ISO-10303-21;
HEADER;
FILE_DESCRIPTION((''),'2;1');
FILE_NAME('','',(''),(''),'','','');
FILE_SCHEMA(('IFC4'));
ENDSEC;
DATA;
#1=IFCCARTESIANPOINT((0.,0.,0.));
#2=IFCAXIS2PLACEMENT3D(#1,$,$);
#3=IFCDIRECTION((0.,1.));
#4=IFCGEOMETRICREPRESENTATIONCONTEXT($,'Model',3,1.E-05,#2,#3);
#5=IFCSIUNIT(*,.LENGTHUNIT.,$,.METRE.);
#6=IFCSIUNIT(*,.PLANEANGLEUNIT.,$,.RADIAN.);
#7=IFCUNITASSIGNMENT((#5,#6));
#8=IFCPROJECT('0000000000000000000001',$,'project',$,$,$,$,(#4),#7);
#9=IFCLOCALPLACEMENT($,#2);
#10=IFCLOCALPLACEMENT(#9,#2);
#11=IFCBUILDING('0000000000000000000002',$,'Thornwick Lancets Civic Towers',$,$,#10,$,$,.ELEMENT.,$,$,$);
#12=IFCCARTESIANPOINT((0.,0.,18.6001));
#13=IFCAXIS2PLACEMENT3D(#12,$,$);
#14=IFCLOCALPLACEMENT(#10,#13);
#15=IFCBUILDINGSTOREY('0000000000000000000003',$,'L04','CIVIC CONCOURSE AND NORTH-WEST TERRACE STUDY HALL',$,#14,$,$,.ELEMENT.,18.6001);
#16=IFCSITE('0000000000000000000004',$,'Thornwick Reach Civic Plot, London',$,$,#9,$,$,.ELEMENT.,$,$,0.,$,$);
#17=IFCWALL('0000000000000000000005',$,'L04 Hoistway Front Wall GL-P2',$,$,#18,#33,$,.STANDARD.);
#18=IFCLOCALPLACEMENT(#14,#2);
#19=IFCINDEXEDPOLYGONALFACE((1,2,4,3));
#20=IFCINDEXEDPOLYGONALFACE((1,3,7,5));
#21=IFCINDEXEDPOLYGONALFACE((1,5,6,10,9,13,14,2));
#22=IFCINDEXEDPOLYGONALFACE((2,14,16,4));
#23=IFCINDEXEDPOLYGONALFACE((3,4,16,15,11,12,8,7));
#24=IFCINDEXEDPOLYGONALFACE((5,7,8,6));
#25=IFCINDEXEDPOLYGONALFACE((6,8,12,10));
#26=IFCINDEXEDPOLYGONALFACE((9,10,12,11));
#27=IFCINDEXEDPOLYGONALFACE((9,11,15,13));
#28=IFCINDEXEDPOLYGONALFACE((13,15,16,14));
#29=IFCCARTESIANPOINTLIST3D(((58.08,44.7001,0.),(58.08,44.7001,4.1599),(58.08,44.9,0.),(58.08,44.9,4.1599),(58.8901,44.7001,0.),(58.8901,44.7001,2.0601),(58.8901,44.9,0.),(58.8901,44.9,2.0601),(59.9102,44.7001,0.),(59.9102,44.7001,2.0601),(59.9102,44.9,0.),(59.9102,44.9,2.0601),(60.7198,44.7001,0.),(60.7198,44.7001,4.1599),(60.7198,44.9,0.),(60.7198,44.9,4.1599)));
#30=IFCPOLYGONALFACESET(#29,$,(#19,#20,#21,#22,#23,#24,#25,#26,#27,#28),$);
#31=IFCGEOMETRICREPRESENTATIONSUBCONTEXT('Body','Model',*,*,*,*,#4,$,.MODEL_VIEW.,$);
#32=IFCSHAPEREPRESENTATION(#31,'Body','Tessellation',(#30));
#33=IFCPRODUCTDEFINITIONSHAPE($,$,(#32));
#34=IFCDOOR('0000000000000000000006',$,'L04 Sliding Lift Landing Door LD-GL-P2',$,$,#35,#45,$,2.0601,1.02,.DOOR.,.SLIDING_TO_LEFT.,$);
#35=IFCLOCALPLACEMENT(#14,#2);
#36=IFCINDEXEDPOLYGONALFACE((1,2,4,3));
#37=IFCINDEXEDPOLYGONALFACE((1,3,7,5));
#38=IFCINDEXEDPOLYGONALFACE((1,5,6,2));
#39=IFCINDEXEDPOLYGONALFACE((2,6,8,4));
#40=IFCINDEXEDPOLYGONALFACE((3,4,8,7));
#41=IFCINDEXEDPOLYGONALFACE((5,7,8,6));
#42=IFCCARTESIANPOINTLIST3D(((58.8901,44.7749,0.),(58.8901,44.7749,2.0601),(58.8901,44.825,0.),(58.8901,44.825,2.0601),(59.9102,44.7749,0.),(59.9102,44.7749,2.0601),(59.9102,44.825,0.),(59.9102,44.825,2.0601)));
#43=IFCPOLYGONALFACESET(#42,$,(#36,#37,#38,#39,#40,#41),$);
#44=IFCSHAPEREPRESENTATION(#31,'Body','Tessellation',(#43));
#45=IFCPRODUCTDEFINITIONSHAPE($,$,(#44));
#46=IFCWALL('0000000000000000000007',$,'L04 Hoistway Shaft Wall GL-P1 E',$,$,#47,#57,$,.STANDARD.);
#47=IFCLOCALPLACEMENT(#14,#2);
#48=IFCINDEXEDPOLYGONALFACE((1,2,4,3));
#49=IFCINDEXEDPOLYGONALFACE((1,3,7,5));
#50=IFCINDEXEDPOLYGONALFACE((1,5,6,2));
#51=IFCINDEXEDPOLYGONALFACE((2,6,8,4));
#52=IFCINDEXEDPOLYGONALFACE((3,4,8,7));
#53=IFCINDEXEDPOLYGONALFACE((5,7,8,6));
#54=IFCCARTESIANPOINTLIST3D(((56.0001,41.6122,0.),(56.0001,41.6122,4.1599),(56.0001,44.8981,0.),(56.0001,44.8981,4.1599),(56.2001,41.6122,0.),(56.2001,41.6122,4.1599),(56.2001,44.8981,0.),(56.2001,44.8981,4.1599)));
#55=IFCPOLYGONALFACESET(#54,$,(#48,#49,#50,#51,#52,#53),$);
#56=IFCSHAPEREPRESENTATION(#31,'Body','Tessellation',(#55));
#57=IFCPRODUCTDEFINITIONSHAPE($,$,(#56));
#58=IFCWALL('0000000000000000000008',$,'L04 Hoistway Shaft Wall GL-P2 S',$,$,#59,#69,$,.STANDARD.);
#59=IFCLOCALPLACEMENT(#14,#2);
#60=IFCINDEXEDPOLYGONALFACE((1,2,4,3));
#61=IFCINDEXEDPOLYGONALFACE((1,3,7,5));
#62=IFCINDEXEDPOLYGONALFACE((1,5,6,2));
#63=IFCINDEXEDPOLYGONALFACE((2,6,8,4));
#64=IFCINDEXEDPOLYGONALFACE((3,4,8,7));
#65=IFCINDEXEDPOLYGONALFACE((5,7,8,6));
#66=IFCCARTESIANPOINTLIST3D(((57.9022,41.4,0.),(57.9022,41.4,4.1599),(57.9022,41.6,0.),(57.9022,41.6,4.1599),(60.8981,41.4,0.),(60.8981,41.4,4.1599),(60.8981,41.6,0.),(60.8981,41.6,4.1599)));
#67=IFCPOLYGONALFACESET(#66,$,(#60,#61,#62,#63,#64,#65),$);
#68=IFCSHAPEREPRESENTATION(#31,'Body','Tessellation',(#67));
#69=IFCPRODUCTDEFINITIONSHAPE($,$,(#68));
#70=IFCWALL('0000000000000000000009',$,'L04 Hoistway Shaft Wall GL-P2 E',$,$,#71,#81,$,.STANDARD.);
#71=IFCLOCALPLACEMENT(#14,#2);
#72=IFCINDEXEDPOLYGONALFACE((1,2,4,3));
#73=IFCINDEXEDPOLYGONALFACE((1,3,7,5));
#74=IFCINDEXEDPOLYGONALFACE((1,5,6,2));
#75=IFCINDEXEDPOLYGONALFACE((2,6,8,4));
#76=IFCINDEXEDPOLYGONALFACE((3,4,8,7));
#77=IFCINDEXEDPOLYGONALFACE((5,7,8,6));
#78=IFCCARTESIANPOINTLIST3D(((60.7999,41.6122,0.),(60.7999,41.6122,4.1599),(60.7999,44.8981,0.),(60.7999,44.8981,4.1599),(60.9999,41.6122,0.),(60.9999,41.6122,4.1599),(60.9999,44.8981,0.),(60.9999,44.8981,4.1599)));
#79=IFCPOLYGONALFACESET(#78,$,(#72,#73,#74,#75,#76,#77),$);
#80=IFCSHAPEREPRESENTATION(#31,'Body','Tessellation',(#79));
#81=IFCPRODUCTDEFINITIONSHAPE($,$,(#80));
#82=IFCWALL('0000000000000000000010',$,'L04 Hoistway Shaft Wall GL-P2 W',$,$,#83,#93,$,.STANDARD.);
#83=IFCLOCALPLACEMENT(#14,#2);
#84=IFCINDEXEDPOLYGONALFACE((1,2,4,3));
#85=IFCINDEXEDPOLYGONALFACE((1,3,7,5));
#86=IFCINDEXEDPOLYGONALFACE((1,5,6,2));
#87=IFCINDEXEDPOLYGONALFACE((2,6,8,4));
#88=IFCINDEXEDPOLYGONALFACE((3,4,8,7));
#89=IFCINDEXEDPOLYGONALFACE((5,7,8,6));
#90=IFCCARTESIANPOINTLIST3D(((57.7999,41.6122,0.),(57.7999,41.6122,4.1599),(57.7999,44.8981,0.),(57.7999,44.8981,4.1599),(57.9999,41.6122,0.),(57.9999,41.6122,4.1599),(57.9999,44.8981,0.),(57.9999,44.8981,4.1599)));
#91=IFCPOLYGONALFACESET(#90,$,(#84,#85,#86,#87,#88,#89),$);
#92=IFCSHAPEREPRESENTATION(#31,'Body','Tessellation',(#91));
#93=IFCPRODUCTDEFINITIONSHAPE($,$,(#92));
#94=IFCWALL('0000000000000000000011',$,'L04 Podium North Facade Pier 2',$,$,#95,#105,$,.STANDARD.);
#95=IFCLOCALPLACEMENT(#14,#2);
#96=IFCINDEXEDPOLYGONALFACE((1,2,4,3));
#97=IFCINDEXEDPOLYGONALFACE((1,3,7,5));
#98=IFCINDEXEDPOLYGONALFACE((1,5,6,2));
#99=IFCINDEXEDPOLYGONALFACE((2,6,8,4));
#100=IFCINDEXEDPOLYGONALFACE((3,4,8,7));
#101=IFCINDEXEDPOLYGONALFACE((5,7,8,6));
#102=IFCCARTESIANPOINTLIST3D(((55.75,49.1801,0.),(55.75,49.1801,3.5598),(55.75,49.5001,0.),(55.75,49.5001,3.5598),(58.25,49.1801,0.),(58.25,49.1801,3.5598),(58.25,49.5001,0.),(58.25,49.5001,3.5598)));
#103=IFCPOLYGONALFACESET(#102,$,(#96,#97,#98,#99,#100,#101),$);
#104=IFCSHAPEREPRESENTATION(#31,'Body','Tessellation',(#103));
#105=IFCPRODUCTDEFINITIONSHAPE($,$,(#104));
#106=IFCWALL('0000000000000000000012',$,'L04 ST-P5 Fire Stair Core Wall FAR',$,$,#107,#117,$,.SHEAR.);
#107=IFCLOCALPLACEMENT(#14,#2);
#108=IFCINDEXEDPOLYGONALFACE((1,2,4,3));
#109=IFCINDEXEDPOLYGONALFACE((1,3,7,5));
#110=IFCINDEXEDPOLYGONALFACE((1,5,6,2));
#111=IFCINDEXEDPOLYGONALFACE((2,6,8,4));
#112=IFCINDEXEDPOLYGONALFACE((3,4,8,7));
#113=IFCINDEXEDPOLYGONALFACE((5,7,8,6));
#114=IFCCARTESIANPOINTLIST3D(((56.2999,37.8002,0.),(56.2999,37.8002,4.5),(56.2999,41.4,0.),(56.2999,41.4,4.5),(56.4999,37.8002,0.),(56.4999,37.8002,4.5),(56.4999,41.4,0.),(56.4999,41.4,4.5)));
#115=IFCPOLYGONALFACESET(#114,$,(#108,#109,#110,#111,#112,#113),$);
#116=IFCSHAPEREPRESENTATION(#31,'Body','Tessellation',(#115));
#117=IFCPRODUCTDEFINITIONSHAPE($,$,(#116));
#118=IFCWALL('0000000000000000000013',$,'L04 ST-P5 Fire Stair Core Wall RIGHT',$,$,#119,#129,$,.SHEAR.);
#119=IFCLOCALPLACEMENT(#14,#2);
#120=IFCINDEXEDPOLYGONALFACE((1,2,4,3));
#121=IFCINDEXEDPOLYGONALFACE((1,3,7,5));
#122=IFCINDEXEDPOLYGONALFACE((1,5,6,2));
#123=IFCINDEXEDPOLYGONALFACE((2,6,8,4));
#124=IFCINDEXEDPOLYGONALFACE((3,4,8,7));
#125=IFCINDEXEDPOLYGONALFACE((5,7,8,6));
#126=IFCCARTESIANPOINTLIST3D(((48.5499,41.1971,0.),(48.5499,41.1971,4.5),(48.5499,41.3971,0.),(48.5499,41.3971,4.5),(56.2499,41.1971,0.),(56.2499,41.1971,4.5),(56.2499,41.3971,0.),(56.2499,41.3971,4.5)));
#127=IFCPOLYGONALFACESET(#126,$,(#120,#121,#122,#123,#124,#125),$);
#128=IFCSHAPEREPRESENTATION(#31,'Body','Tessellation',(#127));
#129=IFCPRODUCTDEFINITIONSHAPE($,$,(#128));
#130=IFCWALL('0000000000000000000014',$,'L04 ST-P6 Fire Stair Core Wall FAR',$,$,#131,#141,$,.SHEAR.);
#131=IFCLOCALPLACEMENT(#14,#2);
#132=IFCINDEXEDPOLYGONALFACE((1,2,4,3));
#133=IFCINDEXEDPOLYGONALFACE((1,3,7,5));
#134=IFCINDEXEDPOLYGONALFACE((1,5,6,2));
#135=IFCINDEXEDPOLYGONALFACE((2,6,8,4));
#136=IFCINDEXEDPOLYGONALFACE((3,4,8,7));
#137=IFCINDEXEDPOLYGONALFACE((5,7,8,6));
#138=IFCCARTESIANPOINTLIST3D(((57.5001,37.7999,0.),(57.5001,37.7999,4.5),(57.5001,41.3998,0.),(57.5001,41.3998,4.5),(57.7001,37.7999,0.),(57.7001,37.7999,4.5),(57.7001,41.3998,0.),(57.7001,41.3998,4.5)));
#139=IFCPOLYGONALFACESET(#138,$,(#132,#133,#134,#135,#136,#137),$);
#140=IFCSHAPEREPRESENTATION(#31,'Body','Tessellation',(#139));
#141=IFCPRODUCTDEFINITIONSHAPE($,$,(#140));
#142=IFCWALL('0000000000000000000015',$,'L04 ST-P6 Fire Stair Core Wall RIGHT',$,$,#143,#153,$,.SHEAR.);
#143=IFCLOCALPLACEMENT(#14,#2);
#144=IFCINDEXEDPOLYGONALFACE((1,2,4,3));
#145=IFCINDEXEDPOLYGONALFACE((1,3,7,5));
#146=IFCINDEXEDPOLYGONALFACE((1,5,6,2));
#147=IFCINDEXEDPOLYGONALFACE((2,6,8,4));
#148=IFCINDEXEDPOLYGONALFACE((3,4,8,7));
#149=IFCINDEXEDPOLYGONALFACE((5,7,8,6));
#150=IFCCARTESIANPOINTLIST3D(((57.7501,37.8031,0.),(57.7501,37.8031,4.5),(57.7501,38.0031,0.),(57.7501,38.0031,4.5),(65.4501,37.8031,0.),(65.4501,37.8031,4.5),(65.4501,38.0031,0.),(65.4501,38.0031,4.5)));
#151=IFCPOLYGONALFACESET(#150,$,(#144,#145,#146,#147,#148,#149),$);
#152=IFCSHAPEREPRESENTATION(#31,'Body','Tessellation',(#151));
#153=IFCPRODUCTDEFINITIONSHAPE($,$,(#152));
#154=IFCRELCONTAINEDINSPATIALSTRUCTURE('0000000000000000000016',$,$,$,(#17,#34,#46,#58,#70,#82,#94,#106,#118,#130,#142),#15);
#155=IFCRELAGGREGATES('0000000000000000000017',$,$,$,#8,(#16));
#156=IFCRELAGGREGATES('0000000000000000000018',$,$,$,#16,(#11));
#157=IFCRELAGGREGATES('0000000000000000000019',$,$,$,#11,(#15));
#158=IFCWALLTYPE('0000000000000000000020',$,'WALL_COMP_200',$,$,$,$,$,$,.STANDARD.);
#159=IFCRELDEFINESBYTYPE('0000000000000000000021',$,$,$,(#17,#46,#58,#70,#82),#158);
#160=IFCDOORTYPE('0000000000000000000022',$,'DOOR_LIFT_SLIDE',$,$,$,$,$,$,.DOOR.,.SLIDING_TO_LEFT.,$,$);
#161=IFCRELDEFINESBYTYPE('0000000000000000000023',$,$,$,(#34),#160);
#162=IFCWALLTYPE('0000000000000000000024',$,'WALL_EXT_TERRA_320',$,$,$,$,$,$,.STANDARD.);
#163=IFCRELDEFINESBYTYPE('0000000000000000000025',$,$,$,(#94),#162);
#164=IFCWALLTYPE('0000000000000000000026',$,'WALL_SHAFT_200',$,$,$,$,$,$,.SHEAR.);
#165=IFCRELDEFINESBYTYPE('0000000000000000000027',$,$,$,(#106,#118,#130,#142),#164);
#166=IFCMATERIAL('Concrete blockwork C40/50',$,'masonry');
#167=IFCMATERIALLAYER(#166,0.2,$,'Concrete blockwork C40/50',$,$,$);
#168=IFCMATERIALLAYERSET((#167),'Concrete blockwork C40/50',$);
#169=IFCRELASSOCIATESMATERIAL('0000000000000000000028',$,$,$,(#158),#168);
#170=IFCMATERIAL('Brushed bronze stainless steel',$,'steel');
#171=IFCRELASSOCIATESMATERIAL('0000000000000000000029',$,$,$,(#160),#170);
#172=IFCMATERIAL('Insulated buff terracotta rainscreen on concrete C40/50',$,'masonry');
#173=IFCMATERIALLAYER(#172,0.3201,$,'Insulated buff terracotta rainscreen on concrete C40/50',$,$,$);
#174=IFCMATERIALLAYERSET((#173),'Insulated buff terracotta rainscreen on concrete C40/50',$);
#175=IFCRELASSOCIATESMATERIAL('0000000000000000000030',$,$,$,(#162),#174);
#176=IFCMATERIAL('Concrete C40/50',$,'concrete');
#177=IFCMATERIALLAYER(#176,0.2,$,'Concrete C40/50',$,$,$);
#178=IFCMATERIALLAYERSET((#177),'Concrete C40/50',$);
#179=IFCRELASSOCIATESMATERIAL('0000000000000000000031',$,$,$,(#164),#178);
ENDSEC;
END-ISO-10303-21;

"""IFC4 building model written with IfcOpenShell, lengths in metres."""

from ifc_helpers import new_model, si_unit, direction, frame, frame_2d, origin, place, context, subcontext, project, spatial, rectangle, extrude, material, layer, layer_set, type_object, element, fill, save


model = new_model("IFC4")

# Units and contexts
model_context = context("Model", 3, precision=1e-05, world=origin(), true_north=direction((0.0, 1.0)))
body_context = subcontext(model_context, "Body", "Model", "MODEL_VIEW")
ifc_project = project(units=[si_unit("LENGTHUNIT", "METRE"), si_unit("PLANEANGLEUNIT", "RADIAN")], contexts=[model_context])

# Site, building, storey
site_placement = place(None, origin())
site = spatial("IfcSite", under=ifc_project, at=site_placement, Name="Thornwick Reach Civic Plot, London", CompositionType="ELEMENT", RefElevation=0.0)
building_placement = place(site_placement, origin())
building = spatial("IfcBuilding", under=site, at=building_placement, Name="Thornwick Lancets Civic Towers", CompositionType="ELEMENT")
storey_placement = place(building_placement, frame((0.0, 0.0, 18.6001)))
storey = spatial("IfcBuildingStorey", under=building, at=storey_placement, Name="L04", Description="CIVIC CONCOURSE AND NORTH-WEST TERRACE STUDY HALL", CompositionType="ELEMENT", Elevation=18.6001)

# Shared definitions
ifc_material_1 = material(Name="Concrete C40/50", Category="concrete")

# Wall, opening, door
ifc_material_2 = material(Name="Concrete blockwork C40/50", Category="masonry")
ifc_layer_1 = layer(ifc_material_2, 0.2, Name="Concrete blockwork C40/50")
ifc_layer_set_1 = layer_set([ifc_layer_1], Name="Concrete blockwork C40/50")
wall_type_1 = type_object("IfcWallType", Name="WALL_COMP_200", PredefinedType="STANDARD", material=ifc_layer_set_1)
wall_1_placement = place(storey_placement, frame((58.0801, 44.8, 0.0), z_axis=(0.0, 0.0, 1.0), x_axis=(1.0, 0.0, 0.0)))
wall_1 = element("IfcWall", 1, at=wall_1_placement, inside=storey, type_object=wall_type_1, Name="L04 Hoistway Front Wall GL-P2", PredefinedType="STANDARD", context=body_context, shape_type="SweptSolid", body=[
    extrude(rectangle(XDim=2.6399, YDim=0.2, at=frame_2d((1.3198, 0.0))), origin(), (0.0, 0.0, 1.0), 4.1599),
])
opening_placement = place(wall_1_placement, frame((0.8101, 0.0, 0.0)))
opening = element("IfcOpeningElement", 2, at=opening_placement, cuts=wall_1, PredefinedType="OPENING", context=body_context, shape_type="SweptSolid", body=[
    extrude(rectangle(XDim=1.02, YDim=2.0601, at=frame_2d((0.51, 1.03))), frame((0.0, 0.1099, 0.0), z_axis=(0.0, -1.0, 0.0), x_axis=(1.0, 0.0, 0.0)), (0.0, 0.0, 1.0), 0.22),
])
ifc_material_3 = material(Name="Brushed bronze stainless steel", Category="steel")
door_type = type_object("IfcDoorType", Name="DOOR_LIFT_SLIDE", OperationType="SLIDING_TO_LEFT", PredefinedType="DOOR", material=ifc_material_3)
door_placement = place(opening_placement, origin())
door = element("IfcDoor", 3, at=door_placement, inside=storey, type_object=door_type, Name="L04 Sliding Lift Landing Door LD-GL-P2", OperationType="SLIDING_TO_LEFT", OverallHeight=2.0601, OverallWidth=1.02, PredefinedType="DOOR", context=body_context, shape_type="SweptSolid", body=[
    extrude(rectangle(XDim=1.02, YDim=2.0601, at=frame_2d((0.51, 1.03))), frame((0.0, 0.0249, 0.0), z_axis=(0.0, -1.0, 0.0), x_axis=(1.0, 0.0, 0.0)), (0.0, 0.0, 1.0), 0.05),
])
fill(opening, door)

# Walls
wall_2_placement = place(storey_placement, frame((56.1001, 41.6121, 0.0), z_axis=(0.0, 0.0, 1.0), x_axis=(0.0, 1.0, 0.0)))
element("IfcWall", 4, at=wall_2_placement, inside=storey, type_object=wall_type_1, Name="L04 Hoistway Shaft Wall GL-P1 E", PredefinedType="STANDARD", context=body_context, shape_type="SweptSolid", body=[
    extrude(rectangle(XDim=3.2859, YDim=0.2, at=frame_2d((1.6431, 0.0))), origin(), (0.0, 0.0, 1.0), 4.1599),
])
wall_3_placement = place(storey_placement, frame((57.9021, 41.5, 0.0), z_axis=(0.0, 0.0, 1.0), x_axis=(1.0, 0.0, 0.0)))
element("IfcWall", 5, at=wall_3_placement, inside=storey, type_object=wall_type_1, Name="L04 Hoistway Shaft Wall GL-P2 S", PredefinedType="STANDARD", context=body_context, shape_type="SweptSolid", body=[
    extrude(rectangle(XDim=2.9958, YDim=0.2, at=frame_2d((1.498, 0.0))), origin(), (0.0, 0.0, 1.0), 4.1599),
])
for number, where, z_axis, x_axis, name in (
    (6, (60.8999, 41.6121, 0.0), (0.0, 0.0, 1.0), (0.0, 1.0, 0.0), "L04 Hoistway Shaft Wall GL-P2 E"),
    (7, (57.8999, 41.6121, 0.0), (0.0, 0.0, 1.0), (0.0, 1.0, 0.0), "L04 Hoistway Shaft Wall GL-P2 W"),
):
    element("IfcWall", number, at=place(storey_placement, frame(where, z_axis=z_axis, x_axis=x_axis)), inside=storey, type_object=wall_type_1, Name=name, PredefinedType="STANDARD", context=body_context, shape_type="SweptSolid", body=[
        extrude(rectangle(XDim=3.2859, YDim=0.2, at=frame_2d((1.6431, 0.0))), origin(), (0.0, 0.0, 1.0), 4.1599),
    ])
ifc_material_4 = material(Name="Insulated buff terracotta rainscreen on concrete C40/50", Category="masonry")
ifc_layer_2 = layer(ifc_material_4, 0.3201, Name="Insulated buff terracotta rainscreen on concrete C40/50")
ifc_layer_set_2 = layer_set([ifc_layer_2], Name="Insulated buff terracotta rainscreen on concrete C40/50")
wall_type_2 = type_object("IfcWallType", Name="WALL_EXT_TERRA_320", PredefinedType="STANDARD", material=ifc_layer_set_2)
wall_4_placement = place(storey_placement, frame((58.25, 49.3401, 0.0), z_axis=(0.0, 0.0, 1.0), x_axis=(-1.0, 0.0, 0.0)))
element("IfcWall", 8, at=wall_4_placement, inside=storey, type_object=wall_type_2, Name="L04 Podium North Facade Pier 2", PredefinedType="STANDARD", context=body_context, shape_type="SweptSolid", body=[
    extrude(rectangle(XDim=2.5, YDim=0.3201, at=frame_2d((1.25, 0.0))), origin(), (0.0, 0.0, 1.0), 3.5598),
])
ifc_layer_3 = layer(ifc_material_1, 0.2, Name="Concrete C40/50")
ifc_layer_set_3 = layer_set([ifc_layer_3], Name="Concrete C40/50")
wall_type_3 = type_object("IfcWallType", Name="WALL_SHAFT_200", PredefinedType="SHEAR", material=ifc_layer_set_3)
wall_5_placement = place(storey_placement, frame((56.3999, 41.3999, 0.0), z_axis=(0.0, 0.0, 1.0), x_axis=(0.0, -1.0, 0.0)))
element("IfcWall", 9, at=wall_5_placement, inside=storey, type_object=wall_type_3, Name="L04 ST-P5 Fire Stair Core Wall FAR", PredefinedType="SHEAR", context=body_context, shape_type="SweptSolid", body=[
    extrude(rectangle(XDim=3.5999, YDim=0.2, at=frame_2d((1.7998, 0.0))), origin(), (0.0, 0.0, 1.0), 4.5),
])
wall_6_placement = place(storey_placement, frame((56.25, 41.2971, 0.0), z_axis=(0.0, 0.0, 1.0), x_axis=(-1.0, 0.0, 0.0)))
element("IfcWall", 10, at=wall_6_placement, inside=storey, type_object=wall_type_3, Name="L04 ST-P5 Fire Stair Core Wall RIGHT", PredefinedType="SHEAR", context=body_context, shape_type="SweptSolid", body=[
    extrude(rectangle(XDim=7.7, YDim=0.2, at=frame_2d((3.8501, 0.0))), origin(), (0.0, 0.0, 1.0), 4.5),
])
wall_7_placement = place(storey_placement, frame((57.6001, 37.8, 0.0), z_axis=(0.0, 0.0, 1.0), x_axis=(0.0, 1.0, 0.0)))
element("IfcWall", 11, at=wall_7_placement, inside=storey, type_object=wall_type_3, Name="L04 ST-P6 Fire Stair Core Wall FAR", PredefinedType="SHEAR", context=body_context, shape_type="SweptSolid", body=[
    extrude(rectangle(XDim=3.5999, YDim=0.2, at=frame_2d((1.7998, 0.0))), origin(), (0.0, 0.0, 1.0), 4.5),
])
wall_8_placement = place(storey_placement, frame((57.75, 37.9031, 0.0), z_axis=(0.0, 0.0, 1.0), x_axis=(1.0, 0.0, 0.0)))
element("IfcWall", 12, at=wall_8_placement, inside=storey, type_object=wall_type_3, Name="L04 ST-P6 Fire Stair Core Wall RIGHT", PredefinedType="SHEAR", context=body_context, shape_type="SweptSolid", body=[
    extrude(rectangle(XDim=7.7, YDim=0.2, at=frame_2d((3.8501, 0.0))), origin(), (0.0, 0.0, 1.0), 4.5),
])

save(model, "model.ifc")
